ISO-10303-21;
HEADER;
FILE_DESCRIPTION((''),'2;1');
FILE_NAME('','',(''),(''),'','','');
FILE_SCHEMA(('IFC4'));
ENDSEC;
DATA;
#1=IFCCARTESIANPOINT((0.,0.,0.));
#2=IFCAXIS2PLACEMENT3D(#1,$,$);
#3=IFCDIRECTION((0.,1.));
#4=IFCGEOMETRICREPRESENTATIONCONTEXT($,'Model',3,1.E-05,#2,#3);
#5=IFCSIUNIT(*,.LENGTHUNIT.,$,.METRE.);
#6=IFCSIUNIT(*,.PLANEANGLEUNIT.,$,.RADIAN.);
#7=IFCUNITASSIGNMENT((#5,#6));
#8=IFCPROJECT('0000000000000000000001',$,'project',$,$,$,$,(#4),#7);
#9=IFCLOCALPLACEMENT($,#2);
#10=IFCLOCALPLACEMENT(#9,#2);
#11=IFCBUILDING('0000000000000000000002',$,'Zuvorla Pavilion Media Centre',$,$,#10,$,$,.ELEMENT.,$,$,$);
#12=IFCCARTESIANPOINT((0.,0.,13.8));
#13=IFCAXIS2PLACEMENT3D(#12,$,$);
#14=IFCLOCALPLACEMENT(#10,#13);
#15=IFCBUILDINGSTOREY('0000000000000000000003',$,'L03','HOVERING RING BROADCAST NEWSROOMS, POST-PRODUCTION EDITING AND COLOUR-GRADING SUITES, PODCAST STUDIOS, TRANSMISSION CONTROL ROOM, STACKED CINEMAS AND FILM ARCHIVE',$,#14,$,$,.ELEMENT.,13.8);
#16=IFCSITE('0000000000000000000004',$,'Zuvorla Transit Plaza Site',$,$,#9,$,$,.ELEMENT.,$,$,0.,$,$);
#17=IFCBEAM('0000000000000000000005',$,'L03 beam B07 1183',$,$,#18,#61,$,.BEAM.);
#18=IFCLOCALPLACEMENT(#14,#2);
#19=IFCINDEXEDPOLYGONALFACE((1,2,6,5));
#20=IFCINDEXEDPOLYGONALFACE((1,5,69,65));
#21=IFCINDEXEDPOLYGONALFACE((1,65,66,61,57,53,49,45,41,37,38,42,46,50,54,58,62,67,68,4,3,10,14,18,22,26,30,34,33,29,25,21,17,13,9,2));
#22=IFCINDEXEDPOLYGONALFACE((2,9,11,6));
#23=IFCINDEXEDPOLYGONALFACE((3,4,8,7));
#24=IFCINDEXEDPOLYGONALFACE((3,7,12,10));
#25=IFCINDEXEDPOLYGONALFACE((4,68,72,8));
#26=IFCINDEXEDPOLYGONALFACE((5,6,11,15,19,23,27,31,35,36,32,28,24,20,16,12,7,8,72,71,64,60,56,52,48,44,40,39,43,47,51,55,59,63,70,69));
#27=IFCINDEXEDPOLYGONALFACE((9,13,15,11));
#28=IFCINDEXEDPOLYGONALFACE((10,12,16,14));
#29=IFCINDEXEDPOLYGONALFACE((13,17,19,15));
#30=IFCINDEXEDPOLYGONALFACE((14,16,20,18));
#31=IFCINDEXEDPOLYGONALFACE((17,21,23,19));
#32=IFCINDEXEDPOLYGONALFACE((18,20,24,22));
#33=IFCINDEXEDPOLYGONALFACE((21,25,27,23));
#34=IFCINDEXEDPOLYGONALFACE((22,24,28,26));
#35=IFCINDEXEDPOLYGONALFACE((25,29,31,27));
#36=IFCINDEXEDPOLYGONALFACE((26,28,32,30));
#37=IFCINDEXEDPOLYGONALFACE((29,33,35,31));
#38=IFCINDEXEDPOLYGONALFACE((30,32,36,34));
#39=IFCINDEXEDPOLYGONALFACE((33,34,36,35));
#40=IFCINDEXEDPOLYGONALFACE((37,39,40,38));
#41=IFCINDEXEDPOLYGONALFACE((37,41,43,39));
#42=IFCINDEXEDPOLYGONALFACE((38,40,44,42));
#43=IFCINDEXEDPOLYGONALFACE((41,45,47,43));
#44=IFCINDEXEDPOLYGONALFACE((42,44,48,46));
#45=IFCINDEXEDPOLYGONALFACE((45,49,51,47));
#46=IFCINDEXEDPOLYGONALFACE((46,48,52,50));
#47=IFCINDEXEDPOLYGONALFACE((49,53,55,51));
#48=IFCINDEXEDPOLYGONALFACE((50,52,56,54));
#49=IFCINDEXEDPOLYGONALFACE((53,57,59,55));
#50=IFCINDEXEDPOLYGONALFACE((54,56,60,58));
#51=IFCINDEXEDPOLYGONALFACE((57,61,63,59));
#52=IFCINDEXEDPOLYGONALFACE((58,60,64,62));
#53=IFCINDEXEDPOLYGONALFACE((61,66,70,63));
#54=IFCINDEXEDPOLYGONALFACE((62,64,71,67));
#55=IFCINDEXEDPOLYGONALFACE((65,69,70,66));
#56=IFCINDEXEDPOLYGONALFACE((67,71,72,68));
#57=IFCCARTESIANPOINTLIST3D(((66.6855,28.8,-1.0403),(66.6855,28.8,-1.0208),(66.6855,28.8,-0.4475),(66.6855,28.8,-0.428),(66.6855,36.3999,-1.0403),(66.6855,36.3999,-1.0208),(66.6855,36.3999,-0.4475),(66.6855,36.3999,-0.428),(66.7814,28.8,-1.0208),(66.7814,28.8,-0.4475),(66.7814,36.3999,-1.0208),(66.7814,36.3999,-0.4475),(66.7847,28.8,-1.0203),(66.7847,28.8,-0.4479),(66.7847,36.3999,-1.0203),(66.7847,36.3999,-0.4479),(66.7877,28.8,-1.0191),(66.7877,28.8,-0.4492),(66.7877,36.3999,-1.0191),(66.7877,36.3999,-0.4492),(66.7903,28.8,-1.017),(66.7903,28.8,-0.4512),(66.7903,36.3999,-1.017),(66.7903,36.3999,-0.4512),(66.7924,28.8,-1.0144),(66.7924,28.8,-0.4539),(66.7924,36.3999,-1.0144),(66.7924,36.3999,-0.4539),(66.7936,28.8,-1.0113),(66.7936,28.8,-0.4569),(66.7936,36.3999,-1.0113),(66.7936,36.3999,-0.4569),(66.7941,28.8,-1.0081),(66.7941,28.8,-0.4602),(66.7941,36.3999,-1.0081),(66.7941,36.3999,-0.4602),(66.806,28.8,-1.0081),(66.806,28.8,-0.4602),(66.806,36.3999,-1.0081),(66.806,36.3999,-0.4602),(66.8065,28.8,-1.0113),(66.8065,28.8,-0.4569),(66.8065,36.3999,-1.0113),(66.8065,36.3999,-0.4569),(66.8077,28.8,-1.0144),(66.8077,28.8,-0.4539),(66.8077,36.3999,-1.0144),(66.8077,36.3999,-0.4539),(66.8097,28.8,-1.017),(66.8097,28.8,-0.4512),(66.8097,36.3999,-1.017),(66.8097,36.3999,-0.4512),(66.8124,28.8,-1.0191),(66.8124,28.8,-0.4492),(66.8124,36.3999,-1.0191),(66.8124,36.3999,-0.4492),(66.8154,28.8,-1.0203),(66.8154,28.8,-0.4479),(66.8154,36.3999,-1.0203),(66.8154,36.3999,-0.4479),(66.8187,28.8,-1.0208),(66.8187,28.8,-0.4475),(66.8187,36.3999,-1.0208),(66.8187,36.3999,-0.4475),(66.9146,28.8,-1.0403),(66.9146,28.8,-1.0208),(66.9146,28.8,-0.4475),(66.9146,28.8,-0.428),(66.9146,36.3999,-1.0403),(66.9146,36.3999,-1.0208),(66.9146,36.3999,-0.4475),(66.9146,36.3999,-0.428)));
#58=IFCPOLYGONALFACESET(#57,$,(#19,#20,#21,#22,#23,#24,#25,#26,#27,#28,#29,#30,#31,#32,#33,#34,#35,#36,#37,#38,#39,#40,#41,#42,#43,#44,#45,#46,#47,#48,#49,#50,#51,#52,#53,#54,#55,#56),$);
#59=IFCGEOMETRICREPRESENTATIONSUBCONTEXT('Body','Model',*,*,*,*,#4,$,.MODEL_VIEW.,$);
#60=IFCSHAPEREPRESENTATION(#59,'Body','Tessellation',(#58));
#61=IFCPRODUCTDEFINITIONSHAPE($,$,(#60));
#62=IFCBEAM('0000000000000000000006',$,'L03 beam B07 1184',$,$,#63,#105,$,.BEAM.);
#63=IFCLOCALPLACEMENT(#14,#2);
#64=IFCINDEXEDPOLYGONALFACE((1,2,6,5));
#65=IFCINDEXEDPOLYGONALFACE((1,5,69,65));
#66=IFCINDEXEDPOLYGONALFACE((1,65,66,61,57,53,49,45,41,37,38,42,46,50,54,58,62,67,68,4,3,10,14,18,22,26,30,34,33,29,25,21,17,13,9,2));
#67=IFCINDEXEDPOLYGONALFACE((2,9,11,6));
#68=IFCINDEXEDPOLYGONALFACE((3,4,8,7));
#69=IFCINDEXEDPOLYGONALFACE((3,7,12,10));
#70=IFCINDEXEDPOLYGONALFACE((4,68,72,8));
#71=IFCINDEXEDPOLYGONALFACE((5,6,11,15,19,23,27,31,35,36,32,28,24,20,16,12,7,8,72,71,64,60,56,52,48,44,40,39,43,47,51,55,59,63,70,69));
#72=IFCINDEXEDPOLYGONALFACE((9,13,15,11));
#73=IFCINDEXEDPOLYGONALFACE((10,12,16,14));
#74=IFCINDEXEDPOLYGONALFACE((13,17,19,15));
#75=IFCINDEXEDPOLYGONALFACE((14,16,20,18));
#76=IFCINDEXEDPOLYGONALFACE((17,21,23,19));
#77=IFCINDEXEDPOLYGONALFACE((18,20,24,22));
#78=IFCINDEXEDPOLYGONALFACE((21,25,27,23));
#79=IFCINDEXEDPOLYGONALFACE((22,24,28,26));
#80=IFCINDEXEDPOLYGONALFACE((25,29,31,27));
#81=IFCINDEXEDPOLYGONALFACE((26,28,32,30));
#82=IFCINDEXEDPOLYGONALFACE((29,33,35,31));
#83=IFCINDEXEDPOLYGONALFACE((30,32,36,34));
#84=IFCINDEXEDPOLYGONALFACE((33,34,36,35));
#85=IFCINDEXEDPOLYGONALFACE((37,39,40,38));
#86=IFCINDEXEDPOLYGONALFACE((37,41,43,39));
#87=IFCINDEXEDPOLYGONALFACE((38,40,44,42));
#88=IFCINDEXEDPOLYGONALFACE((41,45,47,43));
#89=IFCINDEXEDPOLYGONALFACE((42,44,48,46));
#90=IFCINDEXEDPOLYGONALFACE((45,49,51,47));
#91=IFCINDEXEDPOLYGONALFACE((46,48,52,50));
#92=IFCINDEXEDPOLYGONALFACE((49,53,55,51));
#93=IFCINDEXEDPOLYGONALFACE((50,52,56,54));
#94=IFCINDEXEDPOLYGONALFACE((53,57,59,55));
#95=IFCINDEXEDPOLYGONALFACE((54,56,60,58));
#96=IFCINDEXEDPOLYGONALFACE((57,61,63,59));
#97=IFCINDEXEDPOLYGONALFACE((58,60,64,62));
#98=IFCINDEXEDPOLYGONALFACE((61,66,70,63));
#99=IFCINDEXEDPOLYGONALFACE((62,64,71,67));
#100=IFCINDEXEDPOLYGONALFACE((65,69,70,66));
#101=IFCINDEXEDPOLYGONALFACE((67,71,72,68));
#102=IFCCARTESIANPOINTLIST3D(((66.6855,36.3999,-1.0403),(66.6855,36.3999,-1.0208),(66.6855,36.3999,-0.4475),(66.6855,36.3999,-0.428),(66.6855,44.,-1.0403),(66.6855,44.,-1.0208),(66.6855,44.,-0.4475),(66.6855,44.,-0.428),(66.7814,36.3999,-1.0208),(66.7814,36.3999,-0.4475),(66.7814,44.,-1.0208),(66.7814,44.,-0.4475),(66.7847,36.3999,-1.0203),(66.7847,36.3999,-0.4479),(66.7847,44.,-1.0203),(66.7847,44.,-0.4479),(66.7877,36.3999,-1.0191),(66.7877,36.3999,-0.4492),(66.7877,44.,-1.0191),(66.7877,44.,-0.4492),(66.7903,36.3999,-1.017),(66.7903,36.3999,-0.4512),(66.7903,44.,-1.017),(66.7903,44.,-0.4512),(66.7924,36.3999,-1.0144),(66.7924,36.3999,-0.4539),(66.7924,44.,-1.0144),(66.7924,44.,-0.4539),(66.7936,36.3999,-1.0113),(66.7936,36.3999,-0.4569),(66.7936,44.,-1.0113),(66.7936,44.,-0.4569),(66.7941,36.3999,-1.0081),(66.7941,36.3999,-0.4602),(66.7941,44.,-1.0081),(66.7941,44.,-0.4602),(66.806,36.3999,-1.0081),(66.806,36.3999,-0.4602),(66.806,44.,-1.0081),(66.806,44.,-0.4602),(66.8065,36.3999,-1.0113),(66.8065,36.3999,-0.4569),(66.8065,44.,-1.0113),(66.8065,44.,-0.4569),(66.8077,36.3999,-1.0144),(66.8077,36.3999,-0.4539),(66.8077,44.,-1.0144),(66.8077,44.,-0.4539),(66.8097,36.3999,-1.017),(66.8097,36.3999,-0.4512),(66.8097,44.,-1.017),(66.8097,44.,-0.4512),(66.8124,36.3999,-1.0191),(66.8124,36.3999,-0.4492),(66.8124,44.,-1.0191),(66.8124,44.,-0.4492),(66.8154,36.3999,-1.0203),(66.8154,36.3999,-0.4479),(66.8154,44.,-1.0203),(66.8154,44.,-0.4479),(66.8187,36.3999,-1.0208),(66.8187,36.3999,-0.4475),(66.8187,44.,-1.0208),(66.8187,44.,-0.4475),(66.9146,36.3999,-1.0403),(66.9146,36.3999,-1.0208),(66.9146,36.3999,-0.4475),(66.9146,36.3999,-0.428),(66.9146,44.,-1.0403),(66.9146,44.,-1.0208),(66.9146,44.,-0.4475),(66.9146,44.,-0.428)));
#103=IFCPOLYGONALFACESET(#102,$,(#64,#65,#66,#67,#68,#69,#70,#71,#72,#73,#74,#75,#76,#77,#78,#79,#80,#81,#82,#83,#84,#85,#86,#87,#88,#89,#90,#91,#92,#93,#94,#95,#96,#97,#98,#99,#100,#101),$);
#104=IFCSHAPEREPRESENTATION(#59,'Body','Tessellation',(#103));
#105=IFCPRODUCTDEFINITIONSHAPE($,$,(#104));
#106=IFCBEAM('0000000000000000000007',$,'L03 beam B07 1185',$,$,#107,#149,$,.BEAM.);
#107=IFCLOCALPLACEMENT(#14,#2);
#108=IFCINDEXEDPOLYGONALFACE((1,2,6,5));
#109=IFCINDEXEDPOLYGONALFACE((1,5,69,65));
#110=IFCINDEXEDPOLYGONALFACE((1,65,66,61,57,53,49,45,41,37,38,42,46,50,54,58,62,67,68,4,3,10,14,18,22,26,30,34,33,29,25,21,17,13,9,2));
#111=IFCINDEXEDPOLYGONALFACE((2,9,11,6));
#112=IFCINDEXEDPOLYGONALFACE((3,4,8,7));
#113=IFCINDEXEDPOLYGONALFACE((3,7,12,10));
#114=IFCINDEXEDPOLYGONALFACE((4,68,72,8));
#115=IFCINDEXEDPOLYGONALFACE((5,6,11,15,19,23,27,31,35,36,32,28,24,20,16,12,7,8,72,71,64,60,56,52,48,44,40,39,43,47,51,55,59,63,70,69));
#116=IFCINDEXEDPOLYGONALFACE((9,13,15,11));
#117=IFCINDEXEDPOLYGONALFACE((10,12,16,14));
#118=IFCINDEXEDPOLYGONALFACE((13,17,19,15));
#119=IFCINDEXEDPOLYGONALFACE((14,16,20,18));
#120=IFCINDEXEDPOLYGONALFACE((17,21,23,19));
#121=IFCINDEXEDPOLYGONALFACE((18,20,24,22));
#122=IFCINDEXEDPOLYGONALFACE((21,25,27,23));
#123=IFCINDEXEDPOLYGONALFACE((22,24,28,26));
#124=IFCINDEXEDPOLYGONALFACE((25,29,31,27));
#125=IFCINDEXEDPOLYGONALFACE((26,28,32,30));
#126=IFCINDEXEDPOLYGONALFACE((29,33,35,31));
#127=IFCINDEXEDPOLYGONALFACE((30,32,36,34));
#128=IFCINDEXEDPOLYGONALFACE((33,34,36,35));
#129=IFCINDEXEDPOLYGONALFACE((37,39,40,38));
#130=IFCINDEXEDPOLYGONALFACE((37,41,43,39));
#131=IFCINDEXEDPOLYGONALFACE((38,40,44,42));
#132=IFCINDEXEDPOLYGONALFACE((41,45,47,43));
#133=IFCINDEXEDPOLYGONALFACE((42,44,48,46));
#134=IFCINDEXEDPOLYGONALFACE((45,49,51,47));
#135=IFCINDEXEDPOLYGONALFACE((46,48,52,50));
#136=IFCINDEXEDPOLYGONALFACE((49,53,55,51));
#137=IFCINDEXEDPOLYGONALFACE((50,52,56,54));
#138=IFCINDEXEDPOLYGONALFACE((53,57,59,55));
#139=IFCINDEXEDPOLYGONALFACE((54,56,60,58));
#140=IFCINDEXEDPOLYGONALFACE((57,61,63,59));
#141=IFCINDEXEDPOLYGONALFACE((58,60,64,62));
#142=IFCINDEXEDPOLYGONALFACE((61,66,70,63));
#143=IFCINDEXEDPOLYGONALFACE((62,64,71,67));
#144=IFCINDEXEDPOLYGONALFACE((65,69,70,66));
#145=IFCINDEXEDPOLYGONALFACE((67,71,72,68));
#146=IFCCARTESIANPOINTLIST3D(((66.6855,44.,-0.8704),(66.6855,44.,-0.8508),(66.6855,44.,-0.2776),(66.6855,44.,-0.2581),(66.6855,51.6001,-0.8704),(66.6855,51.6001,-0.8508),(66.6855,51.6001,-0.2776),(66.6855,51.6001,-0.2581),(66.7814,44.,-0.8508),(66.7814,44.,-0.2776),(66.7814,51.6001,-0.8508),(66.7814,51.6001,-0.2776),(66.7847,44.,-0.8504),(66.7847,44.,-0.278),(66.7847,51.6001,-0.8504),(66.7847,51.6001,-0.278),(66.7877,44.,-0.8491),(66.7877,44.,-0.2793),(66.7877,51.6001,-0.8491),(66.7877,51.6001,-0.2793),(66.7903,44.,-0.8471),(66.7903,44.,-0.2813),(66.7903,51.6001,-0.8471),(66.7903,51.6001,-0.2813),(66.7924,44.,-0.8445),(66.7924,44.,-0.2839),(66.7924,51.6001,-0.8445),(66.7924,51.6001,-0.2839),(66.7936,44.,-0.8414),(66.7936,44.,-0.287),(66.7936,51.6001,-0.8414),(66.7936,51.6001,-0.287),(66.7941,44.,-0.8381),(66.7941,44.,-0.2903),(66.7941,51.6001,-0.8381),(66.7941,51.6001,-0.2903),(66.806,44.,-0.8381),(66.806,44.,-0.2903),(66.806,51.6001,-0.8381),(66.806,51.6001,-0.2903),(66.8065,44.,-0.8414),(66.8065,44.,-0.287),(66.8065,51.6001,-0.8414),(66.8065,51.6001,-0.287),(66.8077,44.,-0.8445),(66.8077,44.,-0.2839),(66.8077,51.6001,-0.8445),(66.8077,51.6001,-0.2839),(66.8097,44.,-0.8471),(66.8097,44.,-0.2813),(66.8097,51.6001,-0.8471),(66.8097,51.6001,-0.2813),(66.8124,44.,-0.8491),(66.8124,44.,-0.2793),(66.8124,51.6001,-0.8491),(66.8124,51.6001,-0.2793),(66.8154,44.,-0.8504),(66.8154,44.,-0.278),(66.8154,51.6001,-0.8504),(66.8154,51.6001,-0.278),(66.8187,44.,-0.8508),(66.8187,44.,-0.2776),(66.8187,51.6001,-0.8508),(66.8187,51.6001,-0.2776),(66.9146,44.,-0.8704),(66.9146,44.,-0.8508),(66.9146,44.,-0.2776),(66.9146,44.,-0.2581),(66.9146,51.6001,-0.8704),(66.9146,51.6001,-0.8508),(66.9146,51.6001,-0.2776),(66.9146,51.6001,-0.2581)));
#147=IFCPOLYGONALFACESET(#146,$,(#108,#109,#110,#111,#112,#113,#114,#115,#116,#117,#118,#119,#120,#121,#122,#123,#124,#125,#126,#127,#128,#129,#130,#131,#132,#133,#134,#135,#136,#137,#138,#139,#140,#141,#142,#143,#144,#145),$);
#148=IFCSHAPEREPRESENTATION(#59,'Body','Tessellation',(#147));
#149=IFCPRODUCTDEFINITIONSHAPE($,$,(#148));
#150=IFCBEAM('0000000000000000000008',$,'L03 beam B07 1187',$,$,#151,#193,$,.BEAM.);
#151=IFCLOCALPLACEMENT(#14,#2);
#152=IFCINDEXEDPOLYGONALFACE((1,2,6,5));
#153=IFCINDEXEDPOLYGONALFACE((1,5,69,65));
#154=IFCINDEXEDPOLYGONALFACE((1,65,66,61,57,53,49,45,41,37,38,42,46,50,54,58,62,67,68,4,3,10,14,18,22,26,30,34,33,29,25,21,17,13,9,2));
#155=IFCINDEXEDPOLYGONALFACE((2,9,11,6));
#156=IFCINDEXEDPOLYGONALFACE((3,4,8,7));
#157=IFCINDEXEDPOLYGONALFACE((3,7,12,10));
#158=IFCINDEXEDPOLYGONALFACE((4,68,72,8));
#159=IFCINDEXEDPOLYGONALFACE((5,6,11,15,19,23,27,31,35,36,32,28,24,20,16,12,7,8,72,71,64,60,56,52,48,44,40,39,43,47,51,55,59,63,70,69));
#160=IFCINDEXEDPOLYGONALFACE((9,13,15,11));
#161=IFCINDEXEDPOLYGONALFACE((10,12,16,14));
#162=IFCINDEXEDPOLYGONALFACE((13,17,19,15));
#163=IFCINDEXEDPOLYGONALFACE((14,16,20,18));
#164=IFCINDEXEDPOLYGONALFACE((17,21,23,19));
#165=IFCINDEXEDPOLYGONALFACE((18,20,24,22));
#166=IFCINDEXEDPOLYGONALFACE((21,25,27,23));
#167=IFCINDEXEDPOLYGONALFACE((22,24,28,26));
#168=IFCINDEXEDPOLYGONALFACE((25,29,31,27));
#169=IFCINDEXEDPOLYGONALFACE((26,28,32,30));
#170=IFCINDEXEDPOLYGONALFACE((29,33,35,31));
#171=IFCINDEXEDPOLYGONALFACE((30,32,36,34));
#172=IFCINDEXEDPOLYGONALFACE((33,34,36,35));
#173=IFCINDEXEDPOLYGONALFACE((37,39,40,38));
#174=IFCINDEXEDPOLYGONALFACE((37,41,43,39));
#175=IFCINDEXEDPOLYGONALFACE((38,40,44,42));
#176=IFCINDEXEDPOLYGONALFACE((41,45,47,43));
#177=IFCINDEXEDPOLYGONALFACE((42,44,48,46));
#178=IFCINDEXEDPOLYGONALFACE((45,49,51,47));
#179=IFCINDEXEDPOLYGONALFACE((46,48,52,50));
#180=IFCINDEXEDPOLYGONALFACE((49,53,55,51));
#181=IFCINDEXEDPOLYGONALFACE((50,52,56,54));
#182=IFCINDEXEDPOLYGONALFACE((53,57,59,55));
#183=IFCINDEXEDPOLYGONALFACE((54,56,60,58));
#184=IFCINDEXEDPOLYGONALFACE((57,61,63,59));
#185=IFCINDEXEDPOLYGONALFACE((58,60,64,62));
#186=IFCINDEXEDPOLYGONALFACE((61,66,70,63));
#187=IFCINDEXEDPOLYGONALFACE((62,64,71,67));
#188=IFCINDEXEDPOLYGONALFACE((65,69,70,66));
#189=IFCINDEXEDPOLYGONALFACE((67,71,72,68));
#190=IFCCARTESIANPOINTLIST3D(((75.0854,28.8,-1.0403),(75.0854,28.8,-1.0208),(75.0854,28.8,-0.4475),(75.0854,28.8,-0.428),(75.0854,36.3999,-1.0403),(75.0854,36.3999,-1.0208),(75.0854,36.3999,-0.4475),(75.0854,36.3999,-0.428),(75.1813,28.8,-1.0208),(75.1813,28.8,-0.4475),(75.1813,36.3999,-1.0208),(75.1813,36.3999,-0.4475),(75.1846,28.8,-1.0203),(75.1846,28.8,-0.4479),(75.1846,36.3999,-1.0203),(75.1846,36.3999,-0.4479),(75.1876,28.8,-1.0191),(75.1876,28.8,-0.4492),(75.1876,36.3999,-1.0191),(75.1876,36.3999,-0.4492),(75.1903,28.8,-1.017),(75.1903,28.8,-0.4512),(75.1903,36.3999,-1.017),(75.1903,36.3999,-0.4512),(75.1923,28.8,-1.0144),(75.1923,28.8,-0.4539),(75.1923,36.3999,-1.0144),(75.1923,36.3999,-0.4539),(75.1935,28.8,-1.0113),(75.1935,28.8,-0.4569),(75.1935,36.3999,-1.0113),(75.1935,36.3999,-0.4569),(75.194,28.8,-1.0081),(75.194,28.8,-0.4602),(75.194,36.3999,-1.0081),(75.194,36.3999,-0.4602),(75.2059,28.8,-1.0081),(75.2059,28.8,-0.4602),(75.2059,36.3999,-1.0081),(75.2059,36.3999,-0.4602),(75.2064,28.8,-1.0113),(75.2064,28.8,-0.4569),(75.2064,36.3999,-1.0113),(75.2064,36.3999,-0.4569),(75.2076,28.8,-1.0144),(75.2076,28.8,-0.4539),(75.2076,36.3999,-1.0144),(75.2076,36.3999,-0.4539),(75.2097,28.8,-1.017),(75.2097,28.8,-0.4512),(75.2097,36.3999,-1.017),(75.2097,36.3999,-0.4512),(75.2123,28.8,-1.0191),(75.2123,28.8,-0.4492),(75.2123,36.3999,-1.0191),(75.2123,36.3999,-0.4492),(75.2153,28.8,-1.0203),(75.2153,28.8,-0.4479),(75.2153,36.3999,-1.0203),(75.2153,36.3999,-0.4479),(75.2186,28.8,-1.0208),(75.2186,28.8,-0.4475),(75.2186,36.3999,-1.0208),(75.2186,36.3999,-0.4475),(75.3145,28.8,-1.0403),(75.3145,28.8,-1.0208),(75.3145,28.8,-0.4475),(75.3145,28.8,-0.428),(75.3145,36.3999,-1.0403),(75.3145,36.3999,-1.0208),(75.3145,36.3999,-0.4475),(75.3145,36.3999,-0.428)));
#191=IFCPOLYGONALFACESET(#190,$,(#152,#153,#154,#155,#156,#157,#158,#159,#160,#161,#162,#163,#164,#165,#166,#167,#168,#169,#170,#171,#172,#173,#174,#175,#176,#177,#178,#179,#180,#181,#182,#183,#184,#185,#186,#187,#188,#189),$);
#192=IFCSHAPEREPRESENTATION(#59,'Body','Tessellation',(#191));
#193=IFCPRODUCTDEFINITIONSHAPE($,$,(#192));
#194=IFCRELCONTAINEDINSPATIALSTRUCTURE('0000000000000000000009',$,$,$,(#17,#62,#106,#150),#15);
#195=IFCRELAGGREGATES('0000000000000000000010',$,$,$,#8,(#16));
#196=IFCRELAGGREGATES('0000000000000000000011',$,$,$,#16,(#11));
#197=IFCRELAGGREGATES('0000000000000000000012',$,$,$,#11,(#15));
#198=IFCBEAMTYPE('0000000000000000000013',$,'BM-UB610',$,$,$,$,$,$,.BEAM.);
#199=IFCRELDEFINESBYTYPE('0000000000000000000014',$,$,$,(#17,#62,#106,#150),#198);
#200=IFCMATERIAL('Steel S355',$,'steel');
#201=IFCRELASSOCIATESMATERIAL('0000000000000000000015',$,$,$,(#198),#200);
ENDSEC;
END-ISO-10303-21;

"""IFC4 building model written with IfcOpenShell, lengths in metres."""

from ifc_helpers import new_model, si_unit, direction, frame, origin, origin_2d, place, context, subcontext, project, spatial, i_section, extrude, material, material_profile, profile_set, type_object, element, save


model = new_model("IFC4")

# Units and contexts
model_context = context("Model", 3, precision=1e-05, world=origin(), true_north=direction((0.0, 1.0)))
body_context = subcontext(model_context, "Body", "Model", "MODEL_VIEW")
ifc_project = project(units=[si_unit("LENGTHUNIT", "METRE"), si_unit("PLANEANGLEUNIT", "RADIAN")], contexts=[model_context])

# Site, building, storey
site_placement = place(None, origin())
site = spatial("IfcSite", under=ifc_project, at=site_placement, Name="Zuvorla Transit Plaza Site", CompositionType="ELEMENT", RefElevation=0.0)
building_placement = place(site_placement, origin())
building = spatial("IfcBuilding", under=site, at=building_placement, Name="Zuvorla Pavilion Media Centre", CompositionType="ELEMENT")
storey_placement = place(building_placement, frame((0.0, 0.0, 13.8)))
storey = spatial("IfcBuildingStorey", under=building, at=storey_placement, Name="L03", Description="HOVERING RING BROADCAST NEWSROOMS, POST-PRODUCTION EDITING AND COLOUR-GRADING SUITES, PODCAST STUDIOS, TRANSMISSION CONTROL ROOM, STACKED CINEMAS AND FILM ARCHIVE", CompositionType="ELEMENT", Elevation=13.8)

# Beams
ifc_material_1 = material(Name="Steel S355", Category="steel")
ifc_material_profile_1 = material_profile(ifc_material_1, i_section(OverallWidth=0.229, OverallDepth=0.6123, WebThickness=0.012, FlangeThickness=0.0195, FilletRadius=0.0127, at=origin_2d()), Name="UB 610x229x125")
ifc_profile_set_1 = profile_set([ifc_material_profile_1], Name="Steel S355")
beam_type_1 = type_object("IfcBeamType", Name="BM-UB610", PredefinedType="BEAM", material=ifc_profile_set_1)
beam_1_placement = place(storey_placement, frame((66.8, 28.8, -0.7341), z_axis=(0.0, 1.0, 0.0), x_axis=(-1.0, 0.0, 0.0)))
element("IfcBeam", 1, at=beam_1_placement, inside=storey, type_object=beam_type_1, Name="L03 beam B07 1183", PredefinedType="BEAM", context=body_context, shape_type="SweptSolid", body=[
    extrude(i_section(OverallWidth=0.229, OverallDepth=0.6123, WebThickness=0.012, FlangeThickness=0.0195, FilletRadius=0.0127, at=origin_2d()), origin(), (0.0, 0.0, 1.0), 7.5999),
])
for number, where, z_axis, x_axis, name in (
    (2, (66.8, 36.3999, -0.7341), (0.0, 1.0, 0.0), (-1.0, 0.0, 0.0), "L03 beam B07 1184"),
    (3, (66.8, 44.0, -0.5642), (0.0, 1.0, 0.0), (-1.0, 0.0, 0.0), "L03 beam B07 1185"),
):
    element("IfcBeam", number, at=place(storey_placement, frame(where, z_axis=z_axis, x_axis=x_axis)), inside=storey, type_object=beam_type_1, Name=name, PredefinedType="BEAM", context=body_context, shape_type="SweptSolid", body=[
        extrude(i_section(OverallWidth=0.229, OverallDepth=0.6123, WebThickness=0.012, FlangeThickness=0.0195, FilletRadius=0.0127, at=origin_2d()), origin(), (0.0, 0.0, 1.0), 7.6001),
    ])
beam_2_placement = place(storey_placement, frame((75.2, 28.8, -0.7341), z_axis=(0.0, 1.0, 0.0), x_axis=(-1.0, 0.0, 0.0)))
element("IfcBeam", 4, at=beam_2_placement, inside=storey, type_object=beam_type_1, Name="L03 beam B07 1187", PredefinedType="BEAM", context=body_context, shape_type="SweptSolid", body=[
    extrude(i_section(OverallWidth=0.229, OverallDepth=0.6123, WebThickness=0.012, FlangeThickness=0.0195, FilletRadius=0.0127, at=origin_2d()), origin(), (0.0, 0.0, 1.0), 7.5999),
])

save(model, "model.ifc")
